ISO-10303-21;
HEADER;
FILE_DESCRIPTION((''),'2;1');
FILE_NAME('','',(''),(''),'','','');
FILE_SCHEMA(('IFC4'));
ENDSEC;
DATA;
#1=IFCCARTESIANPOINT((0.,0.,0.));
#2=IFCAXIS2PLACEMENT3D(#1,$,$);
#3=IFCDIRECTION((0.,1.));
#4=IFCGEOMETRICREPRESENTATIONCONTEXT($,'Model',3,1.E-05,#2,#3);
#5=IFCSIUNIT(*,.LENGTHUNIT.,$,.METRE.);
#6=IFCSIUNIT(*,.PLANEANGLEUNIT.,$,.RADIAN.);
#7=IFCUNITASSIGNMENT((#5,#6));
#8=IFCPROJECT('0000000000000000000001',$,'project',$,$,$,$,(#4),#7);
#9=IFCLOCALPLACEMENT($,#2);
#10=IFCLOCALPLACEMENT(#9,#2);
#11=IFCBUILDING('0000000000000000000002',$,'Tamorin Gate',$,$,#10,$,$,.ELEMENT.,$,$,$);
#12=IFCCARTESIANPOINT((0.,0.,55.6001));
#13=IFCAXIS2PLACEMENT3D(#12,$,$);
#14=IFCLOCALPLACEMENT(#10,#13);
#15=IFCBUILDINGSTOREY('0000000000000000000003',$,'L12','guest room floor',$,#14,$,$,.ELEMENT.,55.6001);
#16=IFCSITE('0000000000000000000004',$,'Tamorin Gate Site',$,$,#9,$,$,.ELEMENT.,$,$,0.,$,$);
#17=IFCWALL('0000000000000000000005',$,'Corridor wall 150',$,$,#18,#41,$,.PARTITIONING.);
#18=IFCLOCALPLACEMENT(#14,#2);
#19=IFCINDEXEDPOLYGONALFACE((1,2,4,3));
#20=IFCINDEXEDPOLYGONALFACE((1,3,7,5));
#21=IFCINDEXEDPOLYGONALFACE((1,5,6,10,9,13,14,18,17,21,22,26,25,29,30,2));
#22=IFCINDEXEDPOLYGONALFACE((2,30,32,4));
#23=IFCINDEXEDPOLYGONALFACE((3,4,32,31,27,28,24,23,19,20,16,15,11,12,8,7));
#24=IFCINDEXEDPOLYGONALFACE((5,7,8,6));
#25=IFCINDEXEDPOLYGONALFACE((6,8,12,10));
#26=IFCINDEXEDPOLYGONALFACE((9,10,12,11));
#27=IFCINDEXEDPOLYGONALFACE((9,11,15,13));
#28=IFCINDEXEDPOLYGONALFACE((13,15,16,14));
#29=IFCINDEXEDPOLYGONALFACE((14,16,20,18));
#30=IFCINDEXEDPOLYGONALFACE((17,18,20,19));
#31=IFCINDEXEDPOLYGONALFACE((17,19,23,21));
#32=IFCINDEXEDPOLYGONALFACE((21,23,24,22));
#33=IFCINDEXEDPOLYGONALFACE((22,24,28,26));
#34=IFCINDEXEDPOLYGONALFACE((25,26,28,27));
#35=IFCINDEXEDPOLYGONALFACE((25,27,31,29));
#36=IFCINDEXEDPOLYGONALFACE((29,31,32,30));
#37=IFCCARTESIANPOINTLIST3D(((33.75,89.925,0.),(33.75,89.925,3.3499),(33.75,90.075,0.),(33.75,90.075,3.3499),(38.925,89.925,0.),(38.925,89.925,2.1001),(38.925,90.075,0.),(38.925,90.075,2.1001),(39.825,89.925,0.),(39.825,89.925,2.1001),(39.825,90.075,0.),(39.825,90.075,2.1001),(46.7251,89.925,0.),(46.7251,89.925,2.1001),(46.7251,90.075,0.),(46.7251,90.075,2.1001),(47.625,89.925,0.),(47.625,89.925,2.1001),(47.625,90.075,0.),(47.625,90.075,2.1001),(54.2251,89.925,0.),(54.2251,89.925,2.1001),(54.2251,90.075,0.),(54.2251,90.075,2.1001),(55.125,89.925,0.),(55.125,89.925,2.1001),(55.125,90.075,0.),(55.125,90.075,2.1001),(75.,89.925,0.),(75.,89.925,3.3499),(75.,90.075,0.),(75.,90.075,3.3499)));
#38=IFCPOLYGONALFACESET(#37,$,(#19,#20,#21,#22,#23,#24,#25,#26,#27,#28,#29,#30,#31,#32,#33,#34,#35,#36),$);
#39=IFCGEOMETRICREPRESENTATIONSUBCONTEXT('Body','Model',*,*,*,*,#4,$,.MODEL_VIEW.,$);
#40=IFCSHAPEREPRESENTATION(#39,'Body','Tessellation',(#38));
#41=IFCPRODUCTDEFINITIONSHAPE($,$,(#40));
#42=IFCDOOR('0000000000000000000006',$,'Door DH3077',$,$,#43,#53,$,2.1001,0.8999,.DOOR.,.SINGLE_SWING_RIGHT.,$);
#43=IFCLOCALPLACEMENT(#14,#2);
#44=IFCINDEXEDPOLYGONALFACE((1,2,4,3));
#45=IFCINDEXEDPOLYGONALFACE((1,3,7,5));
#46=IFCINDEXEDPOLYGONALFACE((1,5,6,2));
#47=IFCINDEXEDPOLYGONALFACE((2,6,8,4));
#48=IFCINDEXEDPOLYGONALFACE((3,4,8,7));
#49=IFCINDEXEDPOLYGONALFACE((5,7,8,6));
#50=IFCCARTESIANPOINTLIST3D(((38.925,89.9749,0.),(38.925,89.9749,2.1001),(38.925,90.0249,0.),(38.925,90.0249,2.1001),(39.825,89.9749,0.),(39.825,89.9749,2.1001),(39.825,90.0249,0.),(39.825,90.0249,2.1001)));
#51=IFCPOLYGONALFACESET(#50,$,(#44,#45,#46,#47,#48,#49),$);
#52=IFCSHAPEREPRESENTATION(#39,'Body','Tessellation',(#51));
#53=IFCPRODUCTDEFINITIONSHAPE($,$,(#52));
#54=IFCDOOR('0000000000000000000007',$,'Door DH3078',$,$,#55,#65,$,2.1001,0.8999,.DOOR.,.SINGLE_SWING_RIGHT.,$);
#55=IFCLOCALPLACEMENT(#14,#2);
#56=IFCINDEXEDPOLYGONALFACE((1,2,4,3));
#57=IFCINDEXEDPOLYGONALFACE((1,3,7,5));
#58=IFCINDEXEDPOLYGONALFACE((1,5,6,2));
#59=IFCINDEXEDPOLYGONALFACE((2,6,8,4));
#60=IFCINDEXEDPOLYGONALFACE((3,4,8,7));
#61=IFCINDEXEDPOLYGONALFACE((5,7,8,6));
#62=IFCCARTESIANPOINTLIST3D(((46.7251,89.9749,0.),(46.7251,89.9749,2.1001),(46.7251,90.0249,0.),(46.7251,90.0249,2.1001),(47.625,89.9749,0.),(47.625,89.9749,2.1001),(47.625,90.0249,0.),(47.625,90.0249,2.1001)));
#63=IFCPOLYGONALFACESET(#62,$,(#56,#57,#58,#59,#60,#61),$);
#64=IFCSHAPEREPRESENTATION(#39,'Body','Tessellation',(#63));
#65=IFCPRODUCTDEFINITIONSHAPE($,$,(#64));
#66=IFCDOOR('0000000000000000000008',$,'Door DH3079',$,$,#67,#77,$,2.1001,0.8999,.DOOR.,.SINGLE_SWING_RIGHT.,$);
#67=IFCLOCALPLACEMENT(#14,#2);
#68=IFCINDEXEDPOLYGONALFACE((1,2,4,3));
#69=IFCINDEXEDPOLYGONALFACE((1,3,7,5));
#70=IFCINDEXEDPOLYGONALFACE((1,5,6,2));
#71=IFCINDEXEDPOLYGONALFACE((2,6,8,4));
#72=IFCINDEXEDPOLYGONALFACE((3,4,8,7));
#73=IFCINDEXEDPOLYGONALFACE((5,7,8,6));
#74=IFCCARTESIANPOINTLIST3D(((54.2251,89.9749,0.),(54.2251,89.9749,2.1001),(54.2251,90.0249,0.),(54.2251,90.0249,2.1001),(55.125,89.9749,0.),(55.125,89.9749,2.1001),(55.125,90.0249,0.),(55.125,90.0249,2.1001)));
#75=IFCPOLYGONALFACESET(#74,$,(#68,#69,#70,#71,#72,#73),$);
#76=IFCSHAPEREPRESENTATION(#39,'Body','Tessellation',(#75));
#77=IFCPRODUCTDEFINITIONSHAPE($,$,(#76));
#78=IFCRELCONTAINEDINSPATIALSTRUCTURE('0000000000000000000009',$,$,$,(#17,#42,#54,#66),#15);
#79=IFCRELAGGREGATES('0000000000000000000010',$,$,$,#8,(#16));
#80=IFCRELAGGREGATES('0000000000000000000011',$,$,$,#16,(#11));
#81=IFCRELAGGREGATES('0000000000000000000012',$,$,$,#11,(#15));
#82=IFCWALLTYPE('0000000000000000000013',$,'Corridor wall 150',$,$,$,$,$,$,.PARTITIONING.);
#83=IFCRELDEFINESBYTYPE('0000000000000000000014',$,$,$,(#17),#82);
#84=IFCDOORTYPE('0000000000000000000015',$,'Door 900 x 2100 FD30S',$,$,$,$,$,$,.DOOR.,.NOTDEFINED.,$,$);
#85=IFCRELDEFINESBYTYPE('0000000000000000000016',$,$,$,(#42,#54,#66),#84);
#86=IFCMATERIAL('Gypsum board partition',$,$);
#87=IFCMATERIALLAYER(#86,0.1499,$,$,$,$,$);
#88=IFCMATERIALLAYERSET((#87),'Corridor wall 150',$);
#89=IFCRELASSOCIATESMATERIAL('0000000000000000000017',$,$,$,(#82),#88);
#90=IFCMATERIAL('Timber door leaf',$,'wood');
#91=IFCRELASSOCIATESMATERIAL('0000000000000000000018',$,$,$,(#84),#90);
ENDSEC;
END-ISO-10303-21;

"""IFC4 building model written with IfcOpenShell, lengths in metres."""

from ifc_helpers import new_model, si_unit, direction, frame, frame_2d, origin, place, context, subcontext, project, spatial, rectangle, extrude, material, layer, layer_set, type_object, element, fill, save


model = new_model("IFC4")

# Units and contexts
model_context = context("Model", 3, precision=1e-05, world=origin(), true_north=direction((0.0, 1.0)))
body_context = subcontext(model_context, "Body", "Model", "MODEL_VIEW")
ifc_project = project(units=[si_unit("LENGTHUNIT", "METRE"), si_unit("PLANEANGLEUNIT", "RADIAN")], contexts=[model_context])

# Site, building, storey
site_placement = place(None, origin())
site = spatial("IfcSite", under=ifc_project, at=site_placement, Name="Tamorin Gate Site", CompositionType="ELEMENT", RefElevation=0.0)
building_placement = place(site_placement, origin())
building = spatial("IfcBuilding", under=site, at=building_placement, Name="Tamorin Gate", CompositionType="ELEMENT")
storey_placement = place(building_placement, frame((0.0, 0.0, 55.6001)))
storey = spatial("IfcBuildingStorey", under=building, at=storey_placement, Name="L12", Description="guest room floor", CompositionType="ELEMENT", Elevation=55.6001)

# Wall, openings, doors
ifc_material_1 = material(Name="Gypsum board partition")
ifc_layer_1 = layer(ifc_material_1, 0.1499)
ifc_layer_set_1 = layer_set([ifc_layer_1], Name="Corridor wall 150")
wall_type_1 = type_object("IfcWallType", Name="Corridor wall 150", PredefinedType="PARTITIONING", material=ifc_layer_set_1)
wall_1_placement = place(storey_placement, frame((33.75, 90.0, 0.0), z_axis=(0.0, 0.0, 1.0), x_axis=(1.0, 0.0, 0.0)))
wall_1 = element("IfcWall", 1, at=wall_1_placement, inside=storey, type_object=wall_type_1, Name="Corridor wall 150", PredefinedType="PARTITIONING", context=body_context, shape_type="SweptSolid", body=[
    extrude(rectangle(XDim=41.25, YDim=0.1499, at=frame_2d((20.625, 0.0))), origin(), (0.0, 0.0, 1.0), 3.3499),
])
opening_1_placement = place(wall_1_placement, frame((5.175, 0.0, 0.0)))
opening_1 = element("IfcOpeningElement", 2, at=opening_1_placement, cuts=wall_1, PredefinedType="OPENING", context=body_context, shape_type="SweptSolid", body=[
    extrude(rectangle(XDim=0.8999, YDim=2.1001, at=frame_2d((0.45, 1.05))), frame((0.0, 0.085, 0.0), z_axis=(0.0, -1.0, 0.0), x_axis=(1.0, 0.0, 0.0)), (0.0, 0.0, 1.0), 0.1699),
])
opening_2_placement = place(wall_1_placement, frame((12.9751, 0.0, 0.0)))
opening_2 = element("IfcOpeningElement", 3, at=opening_2_placement, cuts=wall_1, PredefinedType="OPENING", context=body_context, shape_type="SweptSolid", body=[
    extrude(rectangle(XDim=0.8999, YDim=2.1001, at=frame_2d((0.45, 1.05))), frame((0.0, 0.085, 0.0), z_axis=(0.0, -1.0, 0.0), x_axis=(1.0, 0.0, 0.0)), (0.0, 0.0, 1.0), 0.1699),
])
opening_3_placement = place(wall_1_placement, frame((20.4751, 0.0, 0.0)))
opening_3 = element("IfcOpeningElement", 4, at=opening_3_placement, cuts=wall_1, PredefinedType="OPENING", context=body_context, shape_type="SweptSolid", body=[
    extrude(rectangle(XDim=0.8999, YDim=2.1001, at=frame_2d((0.45, 1.05))), frame((0.0, 0.085, 0.0), z_axis=(0.0, -1.0, 0.0), x_axis=(1.0, 0.0, 0.0)), (0.0, 0.0, 1.0), 0.1699),
])
ifc_material_2 = material(Name="Timber door leaf", Category="wood")
door_type_1 = type_object("IfcDoorType", Name="Door 900 x 2100 FD30S", OperationType="NOTDEFINED", PredefinedType="DOOR", material=ifc_material_2)
door_1_placement = place(opening_1_placement, origin())
door_1 = element("IfcDoor", 5, at=door_1_placement, inside=storey, type_object=door_type_1, Name="Door DH3077", OperationType="SINGLE_SWING_RIGHT", OverallHeight=2.1001, OverallWidth=0.8999, PredefinedType="DOOR", context=body_context, shape_type="SweptSolid", body=[
    extrude(rectangle(XDim=0.8999, YDim=2.1001, at=frame_2d((0.45, 1.05))), frame((0.0, 0.0249, 0.0), z_axis=(0.0, -1.0, 0.0), x_axis=(1.0, 0.0, 0.0)), (0.0, 0.0, 1.0), 0.05),
])
fill(opening_1, door_1)
door_2_placement = place(opening_2_placement, origin())
door_2 = element("IfcDoor", 6, at=door_2_placement, inside=storey, type_object=door_type_1, Name="Door DH3078", OperationType="SINGLE_SWING_RIGHT", OverallHeight=2.1001, OverallWidth=0.8999, PredefinedType="DOOR", context=body_context, shape_type="SweptSolid", body=[
    extrude(rectangle(XDim=0.8999, YDim=2.1001, at=frame_2d((0.45, 1.05))), frame((0.0, 0.0249, 0.0), z_axis=(0.0, -1.0, 0.0), x_axis=(1.0, 0.0, 0.0)), (0.0, 0.0, 1.0), 0.05),
])
fill(opening_2, door_2)
door_3_placement = place(opening_3_placement, origin())
door_3 = element("IfcDoor", 7, at=door_3_placement, inside=storey, type_object=door_type_1, Name="Door DH3079", OperationType="SINGLE_SWING_RIGHT", OverallHeight=2.1001, OverallWidth=0.8999, PredefinedType="DOOR", context=body_context, shape_type="SweptSolid", body=[
    extrude(rectangle(XDim=0.8999, YDim=2.1001, at=frame_2d((0.45, 1.05))), frame((0.0, 0.0249, 0.0), z_axis=(0.0, -1.0, 0.0), x_axis=(1.0, 0.0, 0.0)), (0.0, 0.0, 1.0), 0.05),
])
fill(opening_3, door_3)

save(model, "model.ifc")
